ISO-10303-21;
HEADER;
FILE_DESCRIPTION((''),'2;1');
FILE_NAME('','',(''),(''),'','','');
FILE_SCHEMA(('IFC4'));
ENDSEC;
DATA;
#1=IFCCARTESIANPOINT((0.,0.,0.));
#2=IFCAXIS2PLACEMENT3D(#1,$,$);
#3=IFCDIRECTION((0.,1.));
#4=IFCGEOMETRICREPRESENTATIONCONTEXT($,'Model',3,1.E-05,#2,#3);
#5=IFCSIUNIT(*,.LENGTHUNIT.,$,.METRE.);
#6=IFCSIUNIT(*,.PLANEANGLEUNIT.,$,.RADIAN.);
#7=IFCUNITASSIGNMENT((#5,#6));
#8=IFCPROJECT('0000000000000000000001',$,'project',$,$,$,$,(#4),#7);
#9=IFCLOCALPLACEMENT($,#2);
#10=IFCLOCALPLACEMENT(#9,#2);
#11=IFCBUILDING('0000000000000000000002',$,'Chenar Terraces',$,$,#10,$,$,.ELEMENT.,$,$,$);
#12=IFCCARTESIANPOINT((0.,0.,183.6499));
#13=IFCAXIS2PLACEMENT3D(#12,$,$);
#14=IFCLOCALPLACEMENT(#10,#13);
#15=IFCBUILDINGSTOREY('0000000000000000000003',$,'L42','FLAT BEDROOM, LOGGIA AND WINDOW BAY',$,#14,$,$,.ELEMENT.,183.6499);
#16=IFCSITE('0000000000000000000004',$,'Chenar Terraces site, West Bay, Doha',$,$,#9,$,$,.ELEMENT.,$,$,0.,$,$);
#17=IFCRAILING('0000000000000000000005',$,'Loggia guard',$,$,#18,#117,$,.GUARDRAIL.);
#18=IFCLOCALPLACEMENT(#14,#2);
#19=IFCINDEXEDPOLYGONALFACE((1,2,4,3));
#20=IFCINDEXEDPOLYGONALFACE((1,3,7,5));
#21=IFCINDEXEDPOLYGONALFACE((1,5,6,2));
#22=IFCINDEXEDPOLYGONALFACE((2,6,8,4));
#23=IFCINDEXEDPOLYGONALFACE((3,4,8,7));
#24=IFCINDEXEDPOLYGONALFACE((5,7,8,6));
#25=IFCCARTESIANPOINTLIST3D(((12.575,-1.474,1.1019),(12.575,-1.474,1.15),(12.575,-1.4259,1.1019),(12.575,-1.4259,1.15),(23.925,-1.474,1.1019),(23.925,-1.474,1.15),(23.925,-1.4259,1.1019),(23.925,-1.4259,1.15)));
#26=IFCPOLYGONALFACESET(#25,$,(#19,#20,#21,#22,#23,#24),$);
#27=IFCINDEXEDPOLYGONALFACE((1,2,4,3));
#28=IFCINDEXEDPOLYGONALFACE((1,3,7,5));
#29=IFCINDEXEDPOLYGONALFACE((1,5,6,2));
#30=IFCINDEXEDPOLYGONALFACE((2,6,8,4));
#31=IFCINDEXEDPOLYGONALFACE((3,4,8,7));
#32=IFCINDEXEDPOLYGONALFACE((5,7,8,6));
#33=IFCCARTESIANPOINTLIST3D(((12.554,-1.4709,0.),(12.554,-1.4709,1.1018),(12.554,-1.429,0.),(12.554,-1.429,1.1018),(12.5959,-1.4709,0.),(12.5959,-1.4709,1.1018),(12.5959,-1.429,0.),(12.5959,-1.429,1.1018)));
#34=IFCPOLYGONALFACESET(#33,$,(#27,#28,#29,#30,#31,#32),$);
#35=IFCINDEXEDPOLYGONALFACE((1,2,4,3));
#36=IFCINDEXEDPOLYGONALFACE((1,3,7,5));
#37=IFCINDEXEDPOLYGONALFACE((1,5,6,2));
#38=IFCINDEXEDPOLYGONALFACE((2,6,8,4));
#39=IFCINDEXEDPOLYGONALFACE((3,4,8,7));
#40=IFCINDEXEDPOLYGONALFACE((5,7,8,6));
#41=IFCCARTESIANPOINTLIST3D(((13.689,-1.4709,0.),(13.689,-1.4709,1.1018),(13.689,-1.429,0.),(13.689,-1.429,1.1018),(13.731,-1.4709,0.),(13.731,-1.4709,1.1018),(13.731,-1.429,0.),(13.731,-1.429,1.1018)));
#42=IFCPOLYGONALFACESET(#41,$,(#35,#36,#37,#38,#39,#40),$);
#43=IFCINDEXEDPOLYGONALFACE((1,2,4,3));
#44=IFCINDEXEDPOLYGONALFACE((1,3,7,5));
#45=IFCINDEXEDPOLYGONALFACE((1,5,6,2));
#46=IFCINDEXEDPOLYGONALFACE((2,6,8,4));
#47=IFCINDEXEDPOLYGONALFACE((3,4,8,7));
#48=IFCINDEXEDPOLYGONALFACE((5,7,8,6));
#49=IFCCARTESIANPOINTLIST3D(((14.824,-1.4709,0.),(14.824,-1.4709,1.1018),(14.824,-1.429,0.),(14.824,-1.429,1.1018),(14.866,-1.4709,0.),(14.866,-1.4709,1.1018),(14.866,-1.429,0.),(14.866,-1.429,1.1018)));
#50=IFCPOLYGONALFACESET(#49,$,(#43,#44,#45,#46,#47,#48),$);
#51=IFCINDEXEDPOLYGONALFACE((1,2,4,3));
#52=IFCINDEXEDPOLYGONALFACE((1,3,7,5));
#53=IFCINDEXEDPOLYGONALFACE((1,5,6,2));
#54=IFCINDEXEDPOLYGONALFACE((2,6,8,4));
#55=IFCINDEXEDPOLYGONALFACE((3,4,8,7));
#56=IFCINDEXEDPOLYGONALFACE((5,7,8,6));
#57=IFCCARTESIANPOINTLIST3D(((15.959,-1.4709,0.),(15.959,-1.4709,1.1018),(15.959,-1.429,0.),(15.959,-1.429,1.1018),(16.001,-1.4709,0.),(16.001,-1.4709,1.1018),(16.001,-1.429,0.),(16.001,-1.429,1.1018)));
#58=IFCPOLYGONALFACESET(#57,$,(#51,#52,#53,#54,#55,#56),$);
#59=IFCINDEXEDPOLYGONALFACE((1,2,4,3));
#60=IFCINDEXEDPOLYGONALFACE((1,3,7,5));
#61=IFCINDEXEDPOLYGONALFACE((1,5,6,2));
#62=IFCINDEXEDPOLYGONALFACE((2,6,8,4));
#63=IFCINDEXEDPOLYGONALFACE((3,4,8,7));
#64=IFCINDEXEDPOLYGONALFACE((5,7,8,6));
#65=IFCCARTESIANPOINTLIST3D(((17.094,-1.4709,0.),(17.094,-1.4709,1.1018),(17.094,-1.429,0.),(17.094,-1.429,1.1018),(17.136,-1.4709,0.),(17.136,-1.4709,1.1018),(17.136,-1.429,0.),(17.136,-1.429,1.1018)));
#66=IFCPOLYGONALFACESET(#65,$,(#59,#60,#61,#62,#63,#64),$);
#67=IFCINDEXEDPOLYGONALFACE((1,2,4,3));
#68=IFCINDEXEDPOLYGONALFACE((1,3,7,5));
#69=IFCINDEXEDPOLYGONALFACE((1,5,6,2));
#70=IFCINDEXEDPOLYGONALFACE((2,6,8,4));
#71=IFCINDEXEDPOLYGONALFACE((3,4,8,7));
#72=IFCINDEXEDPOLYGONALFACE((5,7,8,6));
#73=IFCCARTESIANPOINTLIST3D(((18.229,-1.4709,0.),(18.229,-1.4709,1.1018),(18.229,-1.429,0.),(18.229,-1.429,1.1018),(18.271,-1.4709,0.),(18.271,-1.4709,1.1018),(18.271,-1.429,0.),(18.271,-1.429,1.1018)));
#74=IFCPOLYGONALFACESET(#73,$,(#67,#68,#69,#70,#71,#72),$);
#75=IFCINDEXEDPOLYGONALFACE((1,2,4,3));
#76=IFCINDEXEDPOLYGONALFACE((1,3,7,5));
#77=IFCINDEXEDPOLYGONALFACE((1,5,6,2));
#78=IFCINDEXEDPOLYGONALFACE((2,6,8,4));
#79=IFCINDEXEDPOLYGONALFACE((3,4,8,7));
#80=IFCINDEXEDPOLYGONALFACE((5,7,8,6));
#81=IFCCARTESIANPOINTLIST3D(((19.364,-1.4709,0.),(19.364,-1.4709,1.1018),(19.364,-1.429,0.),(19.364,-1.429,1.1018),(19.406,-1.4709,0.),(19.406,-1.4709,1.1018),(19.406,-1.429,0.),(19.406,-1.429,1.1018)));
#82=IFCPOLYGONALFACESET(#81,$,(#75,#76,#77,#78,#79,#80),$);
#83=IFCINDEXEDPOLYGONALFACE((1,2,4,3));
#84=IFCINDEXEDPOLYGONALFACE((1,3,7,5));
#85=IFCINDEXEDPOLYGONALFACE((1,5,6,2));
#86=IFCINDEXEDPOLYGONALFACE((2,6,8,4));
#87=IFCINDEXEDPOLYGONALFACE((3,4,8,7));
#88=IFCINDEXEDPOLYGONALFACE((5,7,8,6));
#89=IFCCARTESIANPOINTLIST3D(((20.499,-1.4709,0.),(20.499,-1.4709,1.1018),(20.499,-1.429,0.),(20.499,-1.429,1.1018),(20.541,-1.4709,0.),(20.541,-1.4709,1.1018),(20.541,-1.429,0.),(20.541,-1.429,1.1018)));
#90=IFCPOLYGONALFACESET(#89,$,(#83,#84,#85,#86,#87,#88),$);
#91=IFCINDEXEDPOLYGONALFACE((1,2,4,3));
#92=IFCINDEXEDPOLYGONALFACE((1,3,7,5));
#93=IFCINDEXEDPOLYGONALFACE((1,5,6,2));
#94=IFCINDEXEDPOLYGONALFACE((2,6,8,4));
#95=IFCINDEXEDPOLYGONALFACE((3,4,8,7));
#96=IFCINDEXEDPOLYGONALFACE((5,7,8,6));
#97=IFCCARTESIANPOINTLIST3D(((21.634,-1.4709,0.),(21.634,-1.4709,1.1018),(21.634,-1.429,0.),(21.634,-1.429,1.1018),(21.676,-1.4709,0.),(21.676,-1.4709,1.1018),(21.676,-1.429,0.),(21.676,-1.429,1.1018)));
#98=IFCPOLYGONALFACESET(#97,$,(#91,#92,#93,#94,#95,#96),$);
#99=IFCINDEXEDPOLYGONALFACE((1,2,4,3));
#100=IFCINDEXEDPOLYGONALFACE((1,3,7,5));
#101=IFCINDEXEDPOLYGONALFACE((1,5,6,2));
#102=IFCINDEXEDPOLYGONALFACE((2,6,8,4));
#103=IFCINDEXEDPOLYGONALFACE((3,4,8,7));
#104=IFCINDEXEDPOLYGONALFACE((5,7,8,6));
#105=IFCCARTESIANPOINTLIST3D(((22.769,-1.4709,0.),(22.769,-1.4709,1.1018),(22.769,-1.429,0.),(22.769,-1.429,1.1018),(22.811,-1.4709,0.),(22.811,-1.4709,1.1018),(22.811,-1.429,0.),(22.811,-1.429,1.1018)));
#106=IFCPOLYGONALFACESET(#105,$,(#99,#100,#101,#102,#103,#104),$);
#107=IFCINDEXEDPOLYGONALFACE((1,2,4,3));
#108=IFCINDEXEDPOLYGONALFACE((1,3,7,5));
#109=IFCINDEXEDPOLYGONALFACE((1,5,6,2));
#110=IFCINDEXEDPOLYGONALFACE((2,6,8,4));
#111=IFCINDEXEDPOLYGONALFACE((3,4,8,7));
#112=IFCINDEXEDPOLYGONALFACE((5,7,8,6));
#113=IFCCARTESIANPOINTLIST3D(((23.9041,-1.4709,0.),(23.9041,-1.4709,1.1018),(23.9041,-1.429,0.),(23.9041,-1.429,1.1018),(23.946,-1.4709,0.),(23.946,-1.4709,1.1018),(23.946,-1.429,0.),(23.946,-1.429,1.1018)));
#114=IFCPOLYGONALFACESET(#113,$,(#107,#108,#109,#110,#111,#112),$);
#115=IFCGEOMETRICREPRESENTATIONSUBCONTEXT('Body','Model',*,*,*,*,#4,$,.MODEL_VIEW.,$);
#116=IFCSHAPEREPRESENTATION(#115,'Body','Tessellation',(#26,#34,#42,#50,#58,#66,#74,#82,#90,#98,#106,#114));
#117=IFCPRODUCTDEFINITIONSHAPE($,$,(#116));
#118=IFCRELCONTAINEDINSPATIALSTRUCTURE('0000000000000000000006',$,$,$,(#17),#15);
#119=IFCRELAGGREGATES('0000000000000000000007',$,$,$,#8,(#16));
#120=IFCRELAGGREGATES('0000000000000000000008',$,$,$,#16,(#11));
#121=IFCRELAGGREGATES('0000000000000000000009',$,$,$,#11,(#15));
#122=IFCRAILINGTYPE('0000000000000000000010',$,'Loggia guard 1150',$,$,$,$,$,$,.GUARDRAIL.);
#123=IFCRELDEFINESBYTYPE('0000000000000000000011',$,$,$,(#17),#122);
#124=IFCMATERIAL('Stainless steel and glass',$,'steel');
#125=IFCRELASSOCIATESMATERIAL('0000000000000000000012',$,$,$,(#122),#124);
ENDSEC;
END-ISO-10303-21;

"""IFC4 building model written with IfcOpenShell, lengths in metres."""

from ifc_helpers import new_model, si_unit, direction, frame, origin, origin_2d, place, context, subcontext, project, spatial, rectangle, extrude, material, type_object, element, save


model = new_model("IFC4")

# Units and contexts
model_context = context("Model", 3, precision=1e-05, world=origin(), true_north=direction((0.0, 1.0)))
body_context = subcontext(model_context, "Body", "Model", "MODEL_VIEW")
ifc_project = project(units=[si_unit("LENGTHUNIT", "METRE"), si_unit("PLANEANGLEUNIT", "RADIAN")], contexts=[model_context])

# Site, building, storey
site_placement = place(None, origin())
site = spatial("IfcSite", under=ifc_project, at=site_placement, Name="Chenar Terraces site, West Bay, Doha", CompositionType="ELEMENT", RefElevation=0.0)
building_placement = place(site_placement, origin())
building = spatial("IfcBuilding", under=site, at=building_placement, Name="Chenar Terraces", CompositionType="ELEMENT")
storey_placement = place(building_placement, frame((0.0, 0.0, 183.6499)))
storey = spatial("IfcBuildingStorey", under=building, at=storey_placement, Name="L42", Description="FLAT BEDROOM, LOGGIA AND WINDOW BAY", CompositionType="ELEMENT", Elevation=183.6499)

# Railing
ifc_material_1 = material(Name="Stainless steel and glass", Category="steel")
railing_type = type_object("IfcRailingType", Name="Loggia guard 1150", PredefinedType="GUARDRAIL", material=ifc_material_1)
railing_placement = place(storey_placement, frame((12.575, -1.45, 0.0)))
element("IfcRailing", 1, at=railing_placement, inside=storey, type_object=railing_type, Name="Loggia guard", PredefinedType="GUARDRAIL", context=body_context, shape_type="SweptSolid", body=[
    extrude(rectangle(XDim=0.0481, YDim=0.0481, at=origin_2d()), frame((0.0, 0.0, 1.126), z_axis=(1.0, 0.0, 0.0), x_axis=(0.0, 1.0, 0.0)), (0.0, 0.0, 1.0), 11.3501),
    extrude(rectangle(XDim=0.042, YDim=0.042, at=origin_2d()), origin(), (0.0, 0.0, 1.0), 1.1018),
    extrude(rectangle(XDim=0.042, YDim=0.042, at=origin_2d()), frame((1.135, 0.0, 0.0)), (0.0, 0.0, 1.0), 1.1018),
    extrude(rectangle(XDim=0.042, YDim=0.042, at=origin_2d()), frame((2.27, 0.0, 0.0)), (0.0, 0.0, 1.0), 1.1018),
    extrude(rectangle(XDim=0.042, YDim=0.042, at=origin_2d()), frame((3.405, 0.0, 0.0)), (0.0, 0.0, 1.0), 1.1018),
    extrude(rectangle(XDim=0.042, YDim=0.042, at=origin_2d()), frame((4.54, 0.0, 0.0)), (0.0, 0.0, 1.0), 1.1018),
    extrude(rectangle(XDim=0.042, YDim=0.042, at=origin_2d()), frame((5.675, 0.0, 0.0)), (0.0, 0.0, 1.0), 1.1018),
    extrude(rectangle(XDim=0.042, YDim=0.042, at=origin_2d()), frame((6.8101, 0.0, 0.0)), (0.0, 0.0, 1.0), 1.1018),
    extrude(rectangle(XDim=0.042, YDim=0.042, at=origin_2d()), frame((7.9451, 0.0, 0.0)), (0.0, 0.0, 1.0), 1.1018),
    extrude(rectangle(XDim=0.042, YDim=0.042, at=origin_2d()), frame((9.0801, 0.0, 0.0)), (0.0, 0.0, 1.0), 1.1018),
    extrude(rectangle(XDim=0.042, YDim=0.042, at=origin_2d()), frame((10.2151, 0.0, 0.0)), (0.0, 0.0, 1.0), 1.1018),
    extrude(rectangle(XDim=0.042, YDim=0.042, at=origin_2d()), frame((11.3501, 0.0, 0.0)), (0.0, 0.0, 1.0), 1.1018),
])

save(model, "model.ifc")
